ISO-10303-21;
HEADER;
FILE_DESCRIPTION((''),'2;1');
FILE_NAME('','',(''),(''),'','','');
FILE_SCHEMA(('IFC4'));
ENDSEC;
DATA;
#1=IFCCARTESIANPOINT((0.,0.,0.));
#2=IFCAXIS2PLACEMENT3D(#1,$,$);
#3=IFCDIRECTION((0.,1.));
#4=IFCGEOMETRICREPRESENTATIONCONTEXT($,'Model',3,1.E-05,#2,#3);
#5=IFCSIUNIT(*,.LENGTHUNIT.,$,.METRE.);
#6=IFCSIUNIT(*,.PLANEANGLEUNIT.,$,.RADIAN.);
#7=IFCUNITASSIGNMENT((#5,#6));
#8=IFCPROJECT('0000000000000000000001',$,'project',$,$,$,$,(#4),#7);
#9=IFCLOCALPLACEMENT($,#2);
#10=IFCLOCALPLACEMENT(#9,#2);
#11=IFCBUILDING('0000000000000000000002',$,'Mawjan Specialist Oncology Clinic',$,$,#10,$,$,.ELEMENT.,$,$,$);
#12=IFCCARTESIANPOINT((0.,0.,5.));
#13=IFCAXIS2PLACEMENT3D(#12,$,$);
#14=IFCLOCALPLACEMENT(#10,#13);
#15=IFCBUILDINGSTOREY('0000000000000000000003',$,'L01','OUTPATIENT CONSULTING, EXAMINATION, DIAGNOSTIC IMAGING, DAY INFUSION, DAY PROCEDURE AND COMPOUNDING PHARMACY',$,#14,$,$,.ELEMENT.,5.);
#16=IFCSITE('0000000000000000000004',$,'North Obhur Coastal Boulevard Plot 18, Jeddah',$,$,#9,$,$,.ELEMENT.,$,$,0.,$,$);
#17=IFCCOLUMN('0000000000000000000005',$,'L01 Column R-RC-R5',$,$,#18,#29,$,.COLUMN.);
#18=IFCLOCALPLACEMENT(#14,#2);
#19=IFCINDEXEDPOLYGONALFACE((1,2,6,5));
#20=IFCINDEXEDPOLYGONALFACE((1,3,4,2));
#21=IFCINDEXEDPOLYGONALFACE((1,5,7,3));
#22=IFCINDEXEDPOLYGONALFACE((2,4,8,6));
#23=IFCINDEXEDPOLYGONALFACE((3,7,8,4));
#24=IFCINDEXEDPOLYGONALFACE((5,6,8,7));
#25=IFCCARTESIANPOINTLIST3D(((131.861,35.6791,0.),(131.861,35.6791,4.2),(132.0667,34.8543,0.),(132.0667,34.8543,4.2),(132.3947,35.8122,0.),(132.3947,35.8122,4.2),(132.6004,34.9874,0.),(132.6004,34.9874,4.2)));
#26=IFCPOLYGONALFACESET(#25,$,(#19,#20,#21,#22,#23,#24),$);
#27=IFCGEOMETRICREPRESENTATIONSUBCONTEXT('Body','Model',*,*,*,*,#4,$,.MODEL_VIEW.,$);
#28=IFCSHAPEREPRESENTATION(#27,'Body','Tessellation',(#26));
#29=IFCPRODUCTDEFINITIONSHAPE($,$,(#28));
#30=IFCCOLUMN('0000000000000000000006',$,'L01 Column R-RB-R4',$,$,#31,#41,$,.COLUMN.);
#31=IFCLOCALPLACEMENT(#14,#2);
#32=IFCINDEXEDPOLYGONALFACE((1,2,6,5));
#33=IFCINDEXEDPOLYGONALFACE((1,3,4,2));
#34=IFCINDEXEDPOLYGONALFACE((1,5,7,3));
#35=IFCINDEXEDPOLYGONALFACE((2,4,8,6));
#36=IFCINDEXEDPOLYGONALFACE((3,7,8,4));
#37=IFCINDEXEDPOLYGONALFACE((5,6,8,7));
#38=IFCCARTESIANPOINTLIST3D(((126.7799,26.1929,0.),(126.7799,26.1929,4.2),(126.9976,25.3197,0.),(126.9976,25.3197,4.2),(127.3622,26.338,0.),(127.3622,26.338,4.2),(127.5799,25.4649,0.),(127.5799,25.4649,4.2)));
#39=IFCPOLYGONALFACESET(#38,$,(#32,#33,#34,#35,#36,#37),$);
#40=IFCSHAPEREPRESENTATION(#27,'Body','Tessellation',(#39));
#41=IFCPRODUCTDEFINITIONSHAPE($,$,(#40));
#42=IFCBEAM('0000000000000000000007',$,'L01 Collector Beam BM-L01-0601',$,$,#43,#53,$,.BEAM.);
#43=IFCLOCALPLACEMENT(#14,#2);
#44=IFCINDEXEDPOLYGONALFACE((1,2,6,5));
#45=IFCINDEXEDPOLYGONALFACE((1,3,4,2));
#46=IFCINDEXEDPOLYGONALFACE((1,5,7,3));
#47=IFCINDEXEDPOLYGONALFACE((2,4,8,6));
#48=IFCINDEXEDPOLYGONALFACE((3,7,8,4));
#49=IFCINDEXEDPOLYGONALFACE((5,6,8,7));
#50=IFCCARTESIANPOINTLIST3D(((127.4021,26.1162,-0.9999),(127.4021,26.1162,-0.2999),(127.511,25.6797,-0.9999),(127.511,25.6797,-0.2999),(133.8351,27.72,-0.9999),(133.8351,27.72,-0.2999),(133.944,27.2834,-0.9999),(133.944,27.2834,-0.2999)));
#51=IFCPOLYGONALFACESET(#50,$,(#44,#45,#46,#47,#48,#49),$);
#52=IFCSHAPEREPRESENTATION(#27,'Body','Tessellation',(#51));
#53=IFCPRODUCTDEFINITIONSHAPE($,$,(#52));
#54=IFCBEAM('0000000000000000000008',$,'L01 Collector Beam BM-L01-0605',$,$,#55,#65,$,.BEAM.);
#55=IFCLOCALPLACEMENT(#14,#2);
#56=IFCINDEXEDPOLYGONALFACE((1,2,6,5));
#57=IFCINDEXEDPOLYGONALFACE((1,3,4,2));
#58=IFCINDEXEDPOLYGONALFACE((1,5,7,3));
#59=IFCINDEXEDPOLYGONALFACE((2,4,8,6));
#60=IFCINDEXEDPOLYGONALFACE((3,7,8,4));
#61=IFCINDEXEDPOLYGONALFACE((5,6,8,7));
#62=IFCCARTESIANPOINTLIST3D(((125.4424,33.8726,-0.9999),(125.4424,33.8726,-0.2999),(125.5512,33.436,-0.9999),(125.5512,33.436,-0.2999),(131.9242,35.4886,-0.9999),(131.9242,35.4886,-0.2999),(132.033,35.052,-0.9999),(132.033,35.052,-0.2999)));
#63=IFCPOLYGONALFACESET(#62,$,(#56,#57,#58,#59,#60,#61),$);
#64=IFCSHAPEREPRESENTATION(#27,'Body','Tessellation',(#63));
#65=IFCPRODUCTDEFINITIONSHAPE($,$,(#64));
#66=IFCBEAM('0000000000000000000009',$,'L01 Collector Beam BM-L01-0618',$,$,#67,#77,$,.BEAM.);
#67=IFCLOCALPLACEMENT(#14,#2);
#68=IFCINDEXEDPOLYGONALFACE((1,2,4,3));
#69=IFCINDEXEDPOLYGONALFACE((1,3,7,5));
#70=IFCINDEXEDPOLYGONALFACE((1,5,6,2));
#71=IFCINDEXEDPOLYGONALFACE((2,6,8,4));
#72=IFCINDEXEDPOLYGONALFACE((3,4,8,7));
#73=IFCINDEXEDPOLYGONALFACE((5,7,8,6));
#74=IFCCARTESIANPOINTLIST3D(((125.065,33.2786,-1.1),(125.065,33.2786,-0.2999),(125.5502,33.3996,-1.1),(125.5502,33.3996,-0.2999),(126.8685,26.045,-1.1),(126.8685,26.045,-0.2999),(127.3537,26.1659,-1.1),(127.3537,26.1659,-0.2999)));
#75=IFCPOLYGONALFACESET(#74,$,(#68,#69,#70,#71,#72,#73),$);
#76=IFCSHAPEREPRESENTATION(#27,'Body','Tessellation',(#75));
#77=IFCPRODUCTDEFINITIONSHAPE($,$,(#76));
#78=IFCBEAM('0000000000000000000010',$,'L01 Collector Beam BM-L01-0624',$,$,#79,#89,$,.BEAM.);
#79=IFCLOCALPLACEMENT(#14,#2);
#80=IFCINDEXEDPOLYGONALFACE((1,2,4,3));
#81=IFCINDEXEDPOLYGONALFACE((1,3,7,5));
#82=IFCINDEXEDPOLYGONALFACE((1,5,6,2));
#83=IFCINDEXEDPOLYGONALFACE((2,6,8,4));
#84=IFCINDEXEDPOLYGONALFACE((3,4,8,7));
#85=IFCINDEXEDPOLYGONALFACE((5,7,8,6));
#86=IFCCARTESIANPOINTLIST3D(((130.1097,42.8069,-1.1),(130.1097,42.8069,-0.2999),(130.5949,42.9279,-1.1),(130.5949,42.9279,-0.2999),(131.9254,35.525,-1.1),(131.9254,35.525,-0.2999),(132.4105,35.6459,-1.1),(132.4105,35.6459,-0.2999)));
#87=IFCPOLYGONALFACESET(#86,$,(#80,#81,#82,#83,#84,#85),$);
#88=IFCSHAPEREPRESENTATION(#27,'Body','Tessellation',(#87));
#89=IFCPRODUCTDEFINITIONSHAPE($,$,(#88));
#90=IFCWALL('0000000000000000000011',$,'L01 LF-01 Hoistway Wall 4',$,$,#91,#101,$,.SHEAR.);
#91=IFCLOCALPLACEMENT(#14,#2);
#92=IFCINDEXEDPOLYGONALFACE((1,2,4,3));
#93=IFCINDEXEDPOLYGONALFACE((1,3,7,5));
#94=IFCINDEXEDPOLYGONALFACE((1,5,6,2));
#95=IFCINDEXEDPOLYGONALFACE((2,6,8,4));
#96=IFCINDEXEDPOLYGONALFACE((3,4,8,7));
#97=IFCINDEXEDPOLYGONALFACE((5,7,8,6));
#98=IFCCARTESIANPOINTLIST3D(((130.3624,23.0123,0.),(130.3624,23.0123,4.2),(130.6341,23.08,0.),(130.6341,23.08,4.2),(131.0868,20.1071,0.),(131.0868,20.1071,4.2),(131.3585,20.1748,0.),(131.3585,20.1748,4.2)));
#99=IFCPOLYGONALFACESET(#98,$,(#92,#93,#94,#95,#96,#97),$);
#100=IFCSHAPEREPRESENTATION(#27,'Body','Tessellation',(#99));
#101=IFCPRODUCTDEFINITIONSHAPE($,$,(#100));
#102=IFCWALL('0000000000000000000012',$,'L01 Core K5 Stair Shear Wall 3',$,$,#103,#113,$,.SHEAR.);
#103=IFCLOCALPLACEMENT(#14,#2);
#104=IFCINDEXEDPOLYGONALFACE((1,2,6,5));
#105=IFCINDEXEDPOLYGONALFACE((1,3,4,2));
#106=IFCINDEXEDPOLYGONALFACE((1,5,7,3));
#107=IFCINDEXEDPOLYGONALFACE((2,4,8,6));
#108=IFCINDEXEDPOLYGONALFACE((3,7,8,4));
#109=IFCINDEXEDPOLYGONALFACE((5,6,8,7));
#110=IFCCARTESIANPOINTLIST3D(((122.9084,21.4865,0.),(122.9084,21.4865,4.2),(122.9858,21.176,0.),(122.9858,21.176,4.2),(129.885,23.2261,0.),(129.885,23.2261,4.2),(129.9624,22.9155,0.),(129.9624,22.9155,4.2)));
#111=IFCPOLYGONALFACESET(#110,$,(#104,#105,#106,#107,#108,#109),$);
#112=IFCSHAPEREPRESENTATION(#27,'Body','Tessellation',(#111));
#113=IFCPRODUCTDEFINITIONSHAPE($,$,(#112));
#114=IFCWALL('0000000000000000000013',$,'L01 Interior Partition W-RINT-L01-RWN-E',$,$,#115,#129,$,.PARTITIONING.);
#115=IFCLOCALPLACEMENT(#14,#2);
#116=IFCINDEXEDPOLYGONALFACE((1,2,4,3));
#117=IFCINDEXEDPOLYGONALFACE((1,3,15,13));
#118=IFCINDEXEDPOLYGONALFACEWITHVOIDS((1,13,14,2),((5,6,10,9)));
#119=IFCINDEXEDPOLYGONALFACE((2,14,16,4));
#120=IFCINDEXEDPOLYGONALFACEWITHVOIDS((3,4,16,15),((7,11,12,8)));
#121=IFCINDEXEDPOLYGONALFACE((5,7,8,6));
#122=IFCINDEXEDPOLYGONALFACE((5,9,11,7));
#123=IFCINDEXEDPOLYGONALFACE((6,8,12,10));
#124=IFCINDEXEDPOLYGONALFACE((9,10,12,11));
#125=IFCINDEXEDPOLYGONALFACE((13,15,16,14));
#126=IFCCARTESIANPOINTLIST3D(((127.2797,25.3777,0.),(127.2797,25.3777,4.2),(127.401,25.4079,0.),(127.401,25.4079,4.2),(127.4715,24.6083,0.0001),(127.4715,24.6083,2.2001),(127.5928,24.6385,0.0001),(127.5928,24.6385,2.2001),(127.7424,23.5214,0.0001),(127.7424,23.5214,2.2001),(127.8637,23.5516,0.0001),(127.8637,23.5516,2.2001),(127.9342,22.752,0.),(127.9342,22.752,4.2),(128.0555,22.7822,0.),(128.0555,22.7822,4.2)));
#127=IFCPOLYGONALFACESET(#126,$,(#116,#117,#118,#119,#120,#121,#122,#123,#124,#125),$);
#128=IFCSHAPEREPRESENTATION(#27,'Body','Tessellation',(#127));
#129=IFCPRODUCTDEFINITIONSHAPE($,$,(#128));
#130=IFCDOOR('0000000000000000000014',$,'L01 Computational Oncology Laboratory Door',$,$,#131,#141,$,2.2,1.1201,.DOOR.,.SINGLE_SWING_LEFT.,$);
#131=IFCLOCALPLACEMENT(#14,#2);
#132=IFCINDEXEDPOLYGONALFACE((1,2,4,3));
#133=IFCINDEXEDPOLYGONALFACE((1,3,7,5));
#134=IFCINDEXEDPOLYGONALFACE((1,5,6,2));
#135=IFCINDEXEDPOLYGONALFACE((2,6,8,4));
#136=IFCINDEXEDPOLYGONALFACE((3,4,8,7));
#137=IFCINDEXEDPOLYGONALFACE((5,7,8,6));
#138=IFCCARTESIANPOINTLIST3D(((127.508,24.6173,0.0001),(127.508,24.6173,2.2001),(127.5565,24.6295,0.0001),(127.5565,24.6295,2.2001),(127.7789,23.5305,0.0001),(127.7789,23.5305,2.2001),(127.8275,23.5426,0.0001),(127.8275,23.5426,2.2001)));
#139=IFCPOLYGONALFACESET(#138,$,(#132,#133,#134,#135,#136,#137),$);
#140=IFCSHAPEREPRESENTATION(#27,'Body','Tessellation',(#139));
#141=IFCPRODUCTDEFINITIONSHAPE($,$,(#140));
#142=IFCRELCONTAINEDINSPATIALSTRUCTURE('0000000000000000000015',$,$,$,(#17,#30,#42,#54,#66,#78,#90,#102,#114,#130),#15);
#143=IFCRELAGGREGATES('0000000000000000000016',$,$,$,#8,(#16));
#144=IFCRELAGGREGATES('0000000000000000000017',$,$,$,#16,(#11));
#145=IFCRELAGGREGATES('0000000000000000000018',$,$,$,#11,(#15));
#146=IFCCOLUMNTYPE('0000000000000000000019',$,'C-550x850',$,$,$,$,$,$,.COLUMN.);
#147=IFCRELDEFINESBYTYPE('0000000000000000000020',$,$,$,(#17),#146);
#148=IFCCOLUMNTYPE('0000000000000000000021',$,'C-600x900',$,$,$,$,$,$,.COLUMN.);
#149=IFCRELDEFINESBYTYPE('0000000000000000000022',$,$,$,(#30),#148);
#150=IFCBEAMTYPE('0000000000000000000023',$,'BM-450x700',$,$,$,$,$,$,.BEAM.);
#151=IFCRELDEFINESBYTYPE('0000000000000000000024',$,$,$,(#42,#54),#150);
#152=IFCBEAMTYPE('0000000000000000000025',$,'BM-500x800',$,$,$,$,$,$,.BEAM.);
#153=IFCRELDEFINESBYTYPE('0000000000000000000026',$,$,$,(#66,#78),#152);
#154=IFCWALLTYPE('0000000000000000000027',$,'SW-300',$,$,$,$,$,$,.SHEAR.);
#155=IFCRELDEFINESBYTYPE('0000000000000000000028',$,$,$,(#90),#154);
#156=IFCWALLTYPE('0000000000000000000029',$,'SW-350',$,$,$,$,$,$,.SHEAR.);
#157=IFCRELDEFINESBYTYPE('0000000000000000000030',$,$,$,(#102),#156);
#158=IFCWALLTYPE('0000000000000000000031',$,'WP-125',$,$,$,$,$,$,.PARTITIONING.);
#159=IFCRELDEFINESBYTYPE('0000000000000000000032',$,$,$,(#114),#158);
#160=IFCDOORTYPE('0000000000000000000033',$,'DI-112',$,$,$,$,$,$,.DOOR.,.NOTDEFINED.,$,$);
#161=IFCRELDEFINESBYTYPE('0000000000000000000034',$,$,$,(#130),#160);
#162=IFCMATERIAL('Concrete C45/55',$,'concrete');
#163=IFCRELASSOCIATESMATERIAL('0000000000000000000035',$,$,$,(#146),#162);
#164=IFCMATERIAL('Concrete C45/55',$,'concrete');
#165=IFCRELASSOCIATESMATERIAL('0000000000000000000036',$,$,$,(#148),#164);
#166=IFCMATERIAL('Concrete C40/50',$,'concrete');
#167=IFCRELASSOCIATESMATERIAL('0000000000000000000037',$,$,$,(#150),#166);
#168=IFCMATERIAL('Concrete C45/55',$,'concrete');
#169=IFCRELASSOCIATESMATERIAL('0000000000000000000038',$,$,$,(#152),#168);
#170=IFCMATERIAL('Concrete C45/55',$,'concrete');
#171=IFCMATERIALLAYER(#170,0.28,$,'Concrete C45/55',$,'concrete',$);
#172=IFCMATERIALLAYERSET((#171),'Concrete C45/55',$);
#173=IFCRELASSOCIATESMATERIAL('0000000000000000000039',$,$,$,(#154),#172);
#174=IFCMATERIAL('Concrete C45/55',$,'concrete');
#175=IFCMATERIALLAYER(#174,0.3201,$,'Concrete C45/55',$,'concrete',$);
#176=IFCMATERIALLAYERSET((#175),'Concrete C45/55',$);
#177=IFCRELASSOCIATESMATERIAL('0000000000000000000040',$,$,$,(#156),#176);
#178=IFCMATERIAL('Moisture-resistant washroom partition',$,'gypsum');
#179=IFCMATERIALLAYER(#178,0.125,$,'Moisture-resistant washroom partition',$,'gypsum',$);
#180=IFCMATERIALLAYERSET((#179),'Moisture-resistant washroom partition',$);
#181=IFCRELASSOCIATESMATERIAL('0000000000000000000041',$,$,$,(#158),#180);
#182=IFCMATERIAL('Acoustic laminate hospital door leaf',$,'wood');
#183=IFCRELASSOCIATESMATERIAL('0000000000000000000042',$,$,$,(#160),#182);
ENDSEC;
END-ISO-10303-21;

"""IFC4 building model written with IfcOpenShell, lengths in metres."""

from ifc_helpers import new_model, si_unit, direction, frame, frame_2d, origin, origin_2d, place, context, subcontext, project, spatial, rectangle, extrude, material, layer, layer_set, material_profile, profile_set, type_object, element, fill, save


model = new_model("IFC4")

# Units and contexts
model_context = context("Model", 3, precision=1e-05, world=origin(), true_north=direction((0.0, 1.0)))
body_context = subcontext(model_context, "Body", "Model", "MODEL_VIEW")
ifc_project = project(units=[si_unit("LENGTHUNIT", "METRE"), si_unit("PLANEANGLEUNIT", "RADIAN")], contexts=[model_context])

# Site, building, storey
site_placement = place(None, origin())
site = spatial("IfcSite", under=ifc_project, at=site_placement, Name="North Obhur Coastal Boulevard Plot 18, Jeddah", CompositionType="ELEMENT", RefElevation=0.0)
building_placement = place(site_placement, origin())
building = spatial("IfcBuilding", under=site, at=building_placement, Name="Mawjan Specialist Oncology Clinic", CompositionType="ELEMENT")
storey_placement = place(building_placement, frame((0.0, 0.0, 5.0)))
storey = spatial("IfcBuildingStorey", under=building, at=storey_placement, Name="L01", Description="OUTPATIENT CONSULTING, EXAMINATION, DIAGNOSTIC IMAGING, DAY INFUSION, DAY PROCEDURE AND COMPOUNDING PHARMACY", CompositionType="ELEMENT", Elevation=5.0)

# Columns
ifc_material_1 = material(Name="Concrete C45/55", Category="concrete")
ifc_material_profile_1 = material_profile(ifc_material_1, rectangle(XDim=0.55, YDim=0.8501, at=origin_2d()), Name="RC COL 550x850", Category="concrete")
ifc_profile_set_1 = profile_set([ifc_material_profile_1], Name="Concrete C45/55")
column_type_1 = type_object("IfcColumnType", Name="C-550x850", PredefinedType="COLUMN", material=ifc_profile_set_1)
column_1_placement = place(storey_placement, frame((132.2307, 35.3333, 0.0), z_axis=(0.0, 0.0, 1.0), x_axis=(0.970296, 0.241922, 0.0)))
element("IfcColumn", 1, at=column_1_placement, inside=storey, type_object=column_type_1, Name="L01 Column R-RC-R5", PredefinedType="COLUMN", context=body_context, shape_type="SweptSolid", body=[
    extrude(rectangle(XDim=0.55, YDim=0.8501, at=origin_2d()), origin(), (0.0, 0.0, 1.0), 4.2),
])
ifc_material_2 = material(Name="Concrete C45/55", Category="concrete")
ifc_material_profile_2 = material_profile(ifc_material_2, rectangle(XDim=0.6001, YDim=0.8999, at=origin_2d()), Name="RC COL 600x900", Category="concrete")
ifc_profile_set_2 = profile_set([ifc_material_profile_2], Name="Concrete C45/55")
column_type_2 = type_object("IfcColumnType", Name="C-600x900", PredefinedType="COLUMN", material=ifc_profile_set_2)
column_2_placement = place(storey_placement, frame((127.1799, 25.8289, 0.0), z_axis=(0.0, 0.0, 1.0), x_axis=(0.970296, 0.241922, 0.0)))
element("IfcColumn", 2, at=column_2_placement, inside=storey, type_object=column_type_2, Name="L01 Column R-RB-R4", PredefinedType="COLUMN", context=body_context, shape_type="SweptSolid", body=[
    extrude(rectangle(XDim=0.6001, YDim=0.8999, at=origin_2d()), origin(), (0.0, 0.0, 1.0), 4.2),
])

# Beams
ifc_material_3 = material(Name="Concrete C40/50", Category="concrete")
ifc_material_profile_3 = material_profile(ifc_material_3, rectangle(XDim=0.45, YDim=0.7, at=origin_2d()), Name="RC BM 450x700", Category="concrete")
ifc_profile_set_3 = profile_set([ifc_material_profile_3], Name="Concrete C40/50")
beam_type_1 = type_object("IfcBeamType", Name="BM-450x700", PredefinedType="BEAM", material=ifc_profile_set_3)
beam_1_placement = place(storey_placement, frame((127.4565, 25.8979, -0.6499), z_axis=(0.970303, 0.241894, 0.0), x_axis=(-0.241894, 0.970303, 0.0)))
element("IfcBeam", 3, at=beam_1_placement, inside=storey, type_object=beam_type_1, Name="L01 Collector Beam BM-L01-0601", PredefinedType="BEAM", context=body_context, shape_type="SweptSolid", body=[
    extrude(rectangle(XDim=0.45, YDim=0.7, at=origin_2d()), origin(), (0.0, 0.0, 1.0), 6.6299),
])
beam_2_placement = place(storey_placement, frame((125.4968, 33.6543, -0.6499), z_axis=(0.970299, 0.241908, 0.0), x_axis=(-0.241908, 0.970299, 0.0)))
element("IfcBeam", 4, at=beam_2_placement, inside=storey, type_object=beam_type_1, Name="L01 Collector Beam BM-L01-0605", PredefinedType="BEAM", context=body_context, shape_type="SweptSolid", body=[
    extrude(rectangle(XDim=0.45, YDim=0.7, at=origin_2d()), origin(), (0.0, 0.0, 1.0), 6.6802),
])
ifc_material_4 = material(Name="Concrete C45/55", Category="concrete")
ifc_material_profile_4 = material_profile(ifc_material_4, rectangle(XDim=0.5, YDim=0.8, at=origin_2d()), Name="RC BM 500x800", Category="concrete")
ifc_profile_set_4 = profile_set([ifc_material_profile_4], Name="Concrete C45/55")
beam_type_2 = type_object("IfcBeamType", Name="BM-500x800", PredefinedType="BEAM", material=ifc_profile_set_4)
beam_3_placement = place(storey_placement, frame((127.1111, 26.1055, -0.7), z_axis=(-0.241911, 0.970298, 0.0), x_axis=(-0.970298, -0.241911, 0.0)))
element("IfcBeam", 5, at=beam_3_placement, inside=storey, type_object=beam_type_2, Name="L01 Collector Beam BM-L01-0618", PredefinedType="BEAM", context=body_context, shape_type="SweptSolid", body=[
    extrude(rectangle(XDim=0.5, YDim=0.8, at=origin_2d()), origin(), (0.0, 0.0, 1.0), 7.4551),
])
beam_4_placement = place(storey_placement, frame((132.168, 35.5854, -0.7), z_axis=(-0.241931, 0.970293, 0.0), x_axis=(-0.970293, -0.241931, 0.0)))
element("IfcBeam", 6, at=beam_4_placement, inside=storey, type_object=beam_type_2, Name="L01 Collector Beam BM-L01-0624", PredefinedType="BEAM", context=body_context, shape_type="SweptSolid", body=[
    extrude(rectangle(XDim=0.5, YDim=0.8, at=origin_2d()), origin(), (0.0, 0.0, 1.0), 7.5049),
])

# Walls
ifc_material_5 = material(Name="Concrete C45/55", Category="concrete")
ifc_layer_1 = layer(ifc_material_5, 0.28, Name="Concrete C45/55", Category="concrete")
ifc_layer_set_1 = layer_set([ifc_layer_1], Name="Concrete C45/55")
wall_type_1 = type_object("IfcWallType", Name="SW-300", PredefinedType="SHEAR", material=ifc_layer_set_1)
wall_1_placement = place(storey_placement, frame((130.4983, 23.0461, 0.0), z_axis=(0.0, 0.0, 1.0), x_axis=(0.241922, -0.970296, 0.0)))
element("IfcWall", 7, at=wall_1_placement, inside=storey, type_object=wall_type_1, Name="L01 LF-01 Hoistway Wall 4", PredefinedType="SHEAR", context=body_context, shape_type="SweptSolid", body=[
    extrude(rectangle(XDim=2.9941, YDim=0.28, at=frame_2d((1.4971, 0.0))), origin(), (0.0, 0.0, 1.0), 4.2),
])
ifc_material_6 = material(Name="Concrete C45/55", Category="concrete")
ifc_layer_2 = layer(ifc_material_6, 0.3201, Name="Concrete C45/55", Category="concrete")
ifc_layer_set_2 = layer_set([ifc_layer_2], Name="Concrete C45/55")
wall_type_2 = type_object("IfcWallType", Name="SW-350", PredefinedType="SHEAR", material=ifc_layer_set_2)
wall_2_placement = place(storey_placement, frame((129.9238, 23.0708, 0.0), z_axis=(0.0, 0.0, 1.0), x_axis=(-0.970294, -0.241928, 0.0)))
element("IfcWall", 8, at=wall_2_placement, inside=storey, type_object=wall_type_2, Name="L01 Core K5 Stair Shear Wall 3", PredefinedType="SHEAR", context=body_context, shape_type="SweptSolid", body=[
    extrude(rectangle(XDim=7.1902, YDim=0.3201, at=frame_2d((3.5952, 0.0))), origin(), (0.0, 0.0, 1.0), 4.2),
])

# Wall, opening, door
ifc_material_7 = material(Name="Moisture-resistant washroom partition", Category="gypsum")
ifc_layer_3 = layer(ifc_material_7, 0.125, Name="Moisture-resistant washroom partition", Category="gypsum")
ifc_layer_set_3 = layer_set([ifc_layer_3], Name="Moisture-resistant washroom partition")
wall_type_3 = type_object("IfcWallType", Name="WP-125", PredefinedType="PARTITIONING", material=ifc_layer_set_3)
wall_3_placement = place(storey_placement, frame((127.9949, 22.7671, 0.0), z_axis=(0.0, 0.0, 1.0), x_axis=(-0.241878, 0.970307, 0.0)))
wall_3 = element("IfcWall", 9, at=wall_3_placement, inside=storey, type_object=wall_type_3, Name="L01 Interior Partition W-RINT-L01-RWN-E", PredefinedType="PARTITIONING", context=body_context, shape_type="SweptSolid", body=[
    extrude(rectangle(XDim=2.7061, YDim=0.125, at=frame_2d((1.353, 0.0))), origin(), (0.0, 0.0, 1.0), 4.2),
])
opening_1_placement = place(wall_3_placement, frame((0.793, 0.0, 0.0)))
opening_1 = element("IfcOpeningElement", 10, at=opening_1_placement, cuts=wall_3, PredefinedType="OPENING", context=body_context, shape_type="SweptSolid", body=[
    extrude(rectangle(XDim=1.1201, YDim=2.2, at=frame_2d((0.5601, 1.1001))), frame((0.0, 0.0745, 0.0), z_axis=(0.0, -1.0, 0.0), x_axis=(1.0, 0.0, 0.0)), (0.0, 0.0, 1.0), 0.1489),
])
ifc_material_8 = material(Name="Acoustic laminate hospital door leaf", Category="wood")
door_type_1 = type_object("IfcDoorType", Name="DI-112", OperationType="NOTDEFINED", PredefinedType="DOOR", material=ifc_material_8)
door_1_placement = place(opening_1_placement, origin())
door_1 = element("IfcDoor", 11, at=door_1_placement, inside=storey, type_object=door_type_1, Name="L01 Computational Oncology Laboratory Door", OperationType="SINGLE_SWING_LEFT", OverallHeight=2.2, OverallWidth=1.1201, PredefinedType="DOOR", context=body_context, shape_type="SweptSolid", body=[
    extrude(rectangle(XDim=1.1201, YDim=2.2, at=frame_2d((0.5601, 1.1001))), frame((0.0, 0.0249, 0.0), z_axis=(0.0, -1.0, 0.0), x_axis=(1.0, 0.0, 0.0)), (0.0, 0.0, 1.0), 0.05),
])
fill(opening_1, door_1)

save(model, "model.ifc")
